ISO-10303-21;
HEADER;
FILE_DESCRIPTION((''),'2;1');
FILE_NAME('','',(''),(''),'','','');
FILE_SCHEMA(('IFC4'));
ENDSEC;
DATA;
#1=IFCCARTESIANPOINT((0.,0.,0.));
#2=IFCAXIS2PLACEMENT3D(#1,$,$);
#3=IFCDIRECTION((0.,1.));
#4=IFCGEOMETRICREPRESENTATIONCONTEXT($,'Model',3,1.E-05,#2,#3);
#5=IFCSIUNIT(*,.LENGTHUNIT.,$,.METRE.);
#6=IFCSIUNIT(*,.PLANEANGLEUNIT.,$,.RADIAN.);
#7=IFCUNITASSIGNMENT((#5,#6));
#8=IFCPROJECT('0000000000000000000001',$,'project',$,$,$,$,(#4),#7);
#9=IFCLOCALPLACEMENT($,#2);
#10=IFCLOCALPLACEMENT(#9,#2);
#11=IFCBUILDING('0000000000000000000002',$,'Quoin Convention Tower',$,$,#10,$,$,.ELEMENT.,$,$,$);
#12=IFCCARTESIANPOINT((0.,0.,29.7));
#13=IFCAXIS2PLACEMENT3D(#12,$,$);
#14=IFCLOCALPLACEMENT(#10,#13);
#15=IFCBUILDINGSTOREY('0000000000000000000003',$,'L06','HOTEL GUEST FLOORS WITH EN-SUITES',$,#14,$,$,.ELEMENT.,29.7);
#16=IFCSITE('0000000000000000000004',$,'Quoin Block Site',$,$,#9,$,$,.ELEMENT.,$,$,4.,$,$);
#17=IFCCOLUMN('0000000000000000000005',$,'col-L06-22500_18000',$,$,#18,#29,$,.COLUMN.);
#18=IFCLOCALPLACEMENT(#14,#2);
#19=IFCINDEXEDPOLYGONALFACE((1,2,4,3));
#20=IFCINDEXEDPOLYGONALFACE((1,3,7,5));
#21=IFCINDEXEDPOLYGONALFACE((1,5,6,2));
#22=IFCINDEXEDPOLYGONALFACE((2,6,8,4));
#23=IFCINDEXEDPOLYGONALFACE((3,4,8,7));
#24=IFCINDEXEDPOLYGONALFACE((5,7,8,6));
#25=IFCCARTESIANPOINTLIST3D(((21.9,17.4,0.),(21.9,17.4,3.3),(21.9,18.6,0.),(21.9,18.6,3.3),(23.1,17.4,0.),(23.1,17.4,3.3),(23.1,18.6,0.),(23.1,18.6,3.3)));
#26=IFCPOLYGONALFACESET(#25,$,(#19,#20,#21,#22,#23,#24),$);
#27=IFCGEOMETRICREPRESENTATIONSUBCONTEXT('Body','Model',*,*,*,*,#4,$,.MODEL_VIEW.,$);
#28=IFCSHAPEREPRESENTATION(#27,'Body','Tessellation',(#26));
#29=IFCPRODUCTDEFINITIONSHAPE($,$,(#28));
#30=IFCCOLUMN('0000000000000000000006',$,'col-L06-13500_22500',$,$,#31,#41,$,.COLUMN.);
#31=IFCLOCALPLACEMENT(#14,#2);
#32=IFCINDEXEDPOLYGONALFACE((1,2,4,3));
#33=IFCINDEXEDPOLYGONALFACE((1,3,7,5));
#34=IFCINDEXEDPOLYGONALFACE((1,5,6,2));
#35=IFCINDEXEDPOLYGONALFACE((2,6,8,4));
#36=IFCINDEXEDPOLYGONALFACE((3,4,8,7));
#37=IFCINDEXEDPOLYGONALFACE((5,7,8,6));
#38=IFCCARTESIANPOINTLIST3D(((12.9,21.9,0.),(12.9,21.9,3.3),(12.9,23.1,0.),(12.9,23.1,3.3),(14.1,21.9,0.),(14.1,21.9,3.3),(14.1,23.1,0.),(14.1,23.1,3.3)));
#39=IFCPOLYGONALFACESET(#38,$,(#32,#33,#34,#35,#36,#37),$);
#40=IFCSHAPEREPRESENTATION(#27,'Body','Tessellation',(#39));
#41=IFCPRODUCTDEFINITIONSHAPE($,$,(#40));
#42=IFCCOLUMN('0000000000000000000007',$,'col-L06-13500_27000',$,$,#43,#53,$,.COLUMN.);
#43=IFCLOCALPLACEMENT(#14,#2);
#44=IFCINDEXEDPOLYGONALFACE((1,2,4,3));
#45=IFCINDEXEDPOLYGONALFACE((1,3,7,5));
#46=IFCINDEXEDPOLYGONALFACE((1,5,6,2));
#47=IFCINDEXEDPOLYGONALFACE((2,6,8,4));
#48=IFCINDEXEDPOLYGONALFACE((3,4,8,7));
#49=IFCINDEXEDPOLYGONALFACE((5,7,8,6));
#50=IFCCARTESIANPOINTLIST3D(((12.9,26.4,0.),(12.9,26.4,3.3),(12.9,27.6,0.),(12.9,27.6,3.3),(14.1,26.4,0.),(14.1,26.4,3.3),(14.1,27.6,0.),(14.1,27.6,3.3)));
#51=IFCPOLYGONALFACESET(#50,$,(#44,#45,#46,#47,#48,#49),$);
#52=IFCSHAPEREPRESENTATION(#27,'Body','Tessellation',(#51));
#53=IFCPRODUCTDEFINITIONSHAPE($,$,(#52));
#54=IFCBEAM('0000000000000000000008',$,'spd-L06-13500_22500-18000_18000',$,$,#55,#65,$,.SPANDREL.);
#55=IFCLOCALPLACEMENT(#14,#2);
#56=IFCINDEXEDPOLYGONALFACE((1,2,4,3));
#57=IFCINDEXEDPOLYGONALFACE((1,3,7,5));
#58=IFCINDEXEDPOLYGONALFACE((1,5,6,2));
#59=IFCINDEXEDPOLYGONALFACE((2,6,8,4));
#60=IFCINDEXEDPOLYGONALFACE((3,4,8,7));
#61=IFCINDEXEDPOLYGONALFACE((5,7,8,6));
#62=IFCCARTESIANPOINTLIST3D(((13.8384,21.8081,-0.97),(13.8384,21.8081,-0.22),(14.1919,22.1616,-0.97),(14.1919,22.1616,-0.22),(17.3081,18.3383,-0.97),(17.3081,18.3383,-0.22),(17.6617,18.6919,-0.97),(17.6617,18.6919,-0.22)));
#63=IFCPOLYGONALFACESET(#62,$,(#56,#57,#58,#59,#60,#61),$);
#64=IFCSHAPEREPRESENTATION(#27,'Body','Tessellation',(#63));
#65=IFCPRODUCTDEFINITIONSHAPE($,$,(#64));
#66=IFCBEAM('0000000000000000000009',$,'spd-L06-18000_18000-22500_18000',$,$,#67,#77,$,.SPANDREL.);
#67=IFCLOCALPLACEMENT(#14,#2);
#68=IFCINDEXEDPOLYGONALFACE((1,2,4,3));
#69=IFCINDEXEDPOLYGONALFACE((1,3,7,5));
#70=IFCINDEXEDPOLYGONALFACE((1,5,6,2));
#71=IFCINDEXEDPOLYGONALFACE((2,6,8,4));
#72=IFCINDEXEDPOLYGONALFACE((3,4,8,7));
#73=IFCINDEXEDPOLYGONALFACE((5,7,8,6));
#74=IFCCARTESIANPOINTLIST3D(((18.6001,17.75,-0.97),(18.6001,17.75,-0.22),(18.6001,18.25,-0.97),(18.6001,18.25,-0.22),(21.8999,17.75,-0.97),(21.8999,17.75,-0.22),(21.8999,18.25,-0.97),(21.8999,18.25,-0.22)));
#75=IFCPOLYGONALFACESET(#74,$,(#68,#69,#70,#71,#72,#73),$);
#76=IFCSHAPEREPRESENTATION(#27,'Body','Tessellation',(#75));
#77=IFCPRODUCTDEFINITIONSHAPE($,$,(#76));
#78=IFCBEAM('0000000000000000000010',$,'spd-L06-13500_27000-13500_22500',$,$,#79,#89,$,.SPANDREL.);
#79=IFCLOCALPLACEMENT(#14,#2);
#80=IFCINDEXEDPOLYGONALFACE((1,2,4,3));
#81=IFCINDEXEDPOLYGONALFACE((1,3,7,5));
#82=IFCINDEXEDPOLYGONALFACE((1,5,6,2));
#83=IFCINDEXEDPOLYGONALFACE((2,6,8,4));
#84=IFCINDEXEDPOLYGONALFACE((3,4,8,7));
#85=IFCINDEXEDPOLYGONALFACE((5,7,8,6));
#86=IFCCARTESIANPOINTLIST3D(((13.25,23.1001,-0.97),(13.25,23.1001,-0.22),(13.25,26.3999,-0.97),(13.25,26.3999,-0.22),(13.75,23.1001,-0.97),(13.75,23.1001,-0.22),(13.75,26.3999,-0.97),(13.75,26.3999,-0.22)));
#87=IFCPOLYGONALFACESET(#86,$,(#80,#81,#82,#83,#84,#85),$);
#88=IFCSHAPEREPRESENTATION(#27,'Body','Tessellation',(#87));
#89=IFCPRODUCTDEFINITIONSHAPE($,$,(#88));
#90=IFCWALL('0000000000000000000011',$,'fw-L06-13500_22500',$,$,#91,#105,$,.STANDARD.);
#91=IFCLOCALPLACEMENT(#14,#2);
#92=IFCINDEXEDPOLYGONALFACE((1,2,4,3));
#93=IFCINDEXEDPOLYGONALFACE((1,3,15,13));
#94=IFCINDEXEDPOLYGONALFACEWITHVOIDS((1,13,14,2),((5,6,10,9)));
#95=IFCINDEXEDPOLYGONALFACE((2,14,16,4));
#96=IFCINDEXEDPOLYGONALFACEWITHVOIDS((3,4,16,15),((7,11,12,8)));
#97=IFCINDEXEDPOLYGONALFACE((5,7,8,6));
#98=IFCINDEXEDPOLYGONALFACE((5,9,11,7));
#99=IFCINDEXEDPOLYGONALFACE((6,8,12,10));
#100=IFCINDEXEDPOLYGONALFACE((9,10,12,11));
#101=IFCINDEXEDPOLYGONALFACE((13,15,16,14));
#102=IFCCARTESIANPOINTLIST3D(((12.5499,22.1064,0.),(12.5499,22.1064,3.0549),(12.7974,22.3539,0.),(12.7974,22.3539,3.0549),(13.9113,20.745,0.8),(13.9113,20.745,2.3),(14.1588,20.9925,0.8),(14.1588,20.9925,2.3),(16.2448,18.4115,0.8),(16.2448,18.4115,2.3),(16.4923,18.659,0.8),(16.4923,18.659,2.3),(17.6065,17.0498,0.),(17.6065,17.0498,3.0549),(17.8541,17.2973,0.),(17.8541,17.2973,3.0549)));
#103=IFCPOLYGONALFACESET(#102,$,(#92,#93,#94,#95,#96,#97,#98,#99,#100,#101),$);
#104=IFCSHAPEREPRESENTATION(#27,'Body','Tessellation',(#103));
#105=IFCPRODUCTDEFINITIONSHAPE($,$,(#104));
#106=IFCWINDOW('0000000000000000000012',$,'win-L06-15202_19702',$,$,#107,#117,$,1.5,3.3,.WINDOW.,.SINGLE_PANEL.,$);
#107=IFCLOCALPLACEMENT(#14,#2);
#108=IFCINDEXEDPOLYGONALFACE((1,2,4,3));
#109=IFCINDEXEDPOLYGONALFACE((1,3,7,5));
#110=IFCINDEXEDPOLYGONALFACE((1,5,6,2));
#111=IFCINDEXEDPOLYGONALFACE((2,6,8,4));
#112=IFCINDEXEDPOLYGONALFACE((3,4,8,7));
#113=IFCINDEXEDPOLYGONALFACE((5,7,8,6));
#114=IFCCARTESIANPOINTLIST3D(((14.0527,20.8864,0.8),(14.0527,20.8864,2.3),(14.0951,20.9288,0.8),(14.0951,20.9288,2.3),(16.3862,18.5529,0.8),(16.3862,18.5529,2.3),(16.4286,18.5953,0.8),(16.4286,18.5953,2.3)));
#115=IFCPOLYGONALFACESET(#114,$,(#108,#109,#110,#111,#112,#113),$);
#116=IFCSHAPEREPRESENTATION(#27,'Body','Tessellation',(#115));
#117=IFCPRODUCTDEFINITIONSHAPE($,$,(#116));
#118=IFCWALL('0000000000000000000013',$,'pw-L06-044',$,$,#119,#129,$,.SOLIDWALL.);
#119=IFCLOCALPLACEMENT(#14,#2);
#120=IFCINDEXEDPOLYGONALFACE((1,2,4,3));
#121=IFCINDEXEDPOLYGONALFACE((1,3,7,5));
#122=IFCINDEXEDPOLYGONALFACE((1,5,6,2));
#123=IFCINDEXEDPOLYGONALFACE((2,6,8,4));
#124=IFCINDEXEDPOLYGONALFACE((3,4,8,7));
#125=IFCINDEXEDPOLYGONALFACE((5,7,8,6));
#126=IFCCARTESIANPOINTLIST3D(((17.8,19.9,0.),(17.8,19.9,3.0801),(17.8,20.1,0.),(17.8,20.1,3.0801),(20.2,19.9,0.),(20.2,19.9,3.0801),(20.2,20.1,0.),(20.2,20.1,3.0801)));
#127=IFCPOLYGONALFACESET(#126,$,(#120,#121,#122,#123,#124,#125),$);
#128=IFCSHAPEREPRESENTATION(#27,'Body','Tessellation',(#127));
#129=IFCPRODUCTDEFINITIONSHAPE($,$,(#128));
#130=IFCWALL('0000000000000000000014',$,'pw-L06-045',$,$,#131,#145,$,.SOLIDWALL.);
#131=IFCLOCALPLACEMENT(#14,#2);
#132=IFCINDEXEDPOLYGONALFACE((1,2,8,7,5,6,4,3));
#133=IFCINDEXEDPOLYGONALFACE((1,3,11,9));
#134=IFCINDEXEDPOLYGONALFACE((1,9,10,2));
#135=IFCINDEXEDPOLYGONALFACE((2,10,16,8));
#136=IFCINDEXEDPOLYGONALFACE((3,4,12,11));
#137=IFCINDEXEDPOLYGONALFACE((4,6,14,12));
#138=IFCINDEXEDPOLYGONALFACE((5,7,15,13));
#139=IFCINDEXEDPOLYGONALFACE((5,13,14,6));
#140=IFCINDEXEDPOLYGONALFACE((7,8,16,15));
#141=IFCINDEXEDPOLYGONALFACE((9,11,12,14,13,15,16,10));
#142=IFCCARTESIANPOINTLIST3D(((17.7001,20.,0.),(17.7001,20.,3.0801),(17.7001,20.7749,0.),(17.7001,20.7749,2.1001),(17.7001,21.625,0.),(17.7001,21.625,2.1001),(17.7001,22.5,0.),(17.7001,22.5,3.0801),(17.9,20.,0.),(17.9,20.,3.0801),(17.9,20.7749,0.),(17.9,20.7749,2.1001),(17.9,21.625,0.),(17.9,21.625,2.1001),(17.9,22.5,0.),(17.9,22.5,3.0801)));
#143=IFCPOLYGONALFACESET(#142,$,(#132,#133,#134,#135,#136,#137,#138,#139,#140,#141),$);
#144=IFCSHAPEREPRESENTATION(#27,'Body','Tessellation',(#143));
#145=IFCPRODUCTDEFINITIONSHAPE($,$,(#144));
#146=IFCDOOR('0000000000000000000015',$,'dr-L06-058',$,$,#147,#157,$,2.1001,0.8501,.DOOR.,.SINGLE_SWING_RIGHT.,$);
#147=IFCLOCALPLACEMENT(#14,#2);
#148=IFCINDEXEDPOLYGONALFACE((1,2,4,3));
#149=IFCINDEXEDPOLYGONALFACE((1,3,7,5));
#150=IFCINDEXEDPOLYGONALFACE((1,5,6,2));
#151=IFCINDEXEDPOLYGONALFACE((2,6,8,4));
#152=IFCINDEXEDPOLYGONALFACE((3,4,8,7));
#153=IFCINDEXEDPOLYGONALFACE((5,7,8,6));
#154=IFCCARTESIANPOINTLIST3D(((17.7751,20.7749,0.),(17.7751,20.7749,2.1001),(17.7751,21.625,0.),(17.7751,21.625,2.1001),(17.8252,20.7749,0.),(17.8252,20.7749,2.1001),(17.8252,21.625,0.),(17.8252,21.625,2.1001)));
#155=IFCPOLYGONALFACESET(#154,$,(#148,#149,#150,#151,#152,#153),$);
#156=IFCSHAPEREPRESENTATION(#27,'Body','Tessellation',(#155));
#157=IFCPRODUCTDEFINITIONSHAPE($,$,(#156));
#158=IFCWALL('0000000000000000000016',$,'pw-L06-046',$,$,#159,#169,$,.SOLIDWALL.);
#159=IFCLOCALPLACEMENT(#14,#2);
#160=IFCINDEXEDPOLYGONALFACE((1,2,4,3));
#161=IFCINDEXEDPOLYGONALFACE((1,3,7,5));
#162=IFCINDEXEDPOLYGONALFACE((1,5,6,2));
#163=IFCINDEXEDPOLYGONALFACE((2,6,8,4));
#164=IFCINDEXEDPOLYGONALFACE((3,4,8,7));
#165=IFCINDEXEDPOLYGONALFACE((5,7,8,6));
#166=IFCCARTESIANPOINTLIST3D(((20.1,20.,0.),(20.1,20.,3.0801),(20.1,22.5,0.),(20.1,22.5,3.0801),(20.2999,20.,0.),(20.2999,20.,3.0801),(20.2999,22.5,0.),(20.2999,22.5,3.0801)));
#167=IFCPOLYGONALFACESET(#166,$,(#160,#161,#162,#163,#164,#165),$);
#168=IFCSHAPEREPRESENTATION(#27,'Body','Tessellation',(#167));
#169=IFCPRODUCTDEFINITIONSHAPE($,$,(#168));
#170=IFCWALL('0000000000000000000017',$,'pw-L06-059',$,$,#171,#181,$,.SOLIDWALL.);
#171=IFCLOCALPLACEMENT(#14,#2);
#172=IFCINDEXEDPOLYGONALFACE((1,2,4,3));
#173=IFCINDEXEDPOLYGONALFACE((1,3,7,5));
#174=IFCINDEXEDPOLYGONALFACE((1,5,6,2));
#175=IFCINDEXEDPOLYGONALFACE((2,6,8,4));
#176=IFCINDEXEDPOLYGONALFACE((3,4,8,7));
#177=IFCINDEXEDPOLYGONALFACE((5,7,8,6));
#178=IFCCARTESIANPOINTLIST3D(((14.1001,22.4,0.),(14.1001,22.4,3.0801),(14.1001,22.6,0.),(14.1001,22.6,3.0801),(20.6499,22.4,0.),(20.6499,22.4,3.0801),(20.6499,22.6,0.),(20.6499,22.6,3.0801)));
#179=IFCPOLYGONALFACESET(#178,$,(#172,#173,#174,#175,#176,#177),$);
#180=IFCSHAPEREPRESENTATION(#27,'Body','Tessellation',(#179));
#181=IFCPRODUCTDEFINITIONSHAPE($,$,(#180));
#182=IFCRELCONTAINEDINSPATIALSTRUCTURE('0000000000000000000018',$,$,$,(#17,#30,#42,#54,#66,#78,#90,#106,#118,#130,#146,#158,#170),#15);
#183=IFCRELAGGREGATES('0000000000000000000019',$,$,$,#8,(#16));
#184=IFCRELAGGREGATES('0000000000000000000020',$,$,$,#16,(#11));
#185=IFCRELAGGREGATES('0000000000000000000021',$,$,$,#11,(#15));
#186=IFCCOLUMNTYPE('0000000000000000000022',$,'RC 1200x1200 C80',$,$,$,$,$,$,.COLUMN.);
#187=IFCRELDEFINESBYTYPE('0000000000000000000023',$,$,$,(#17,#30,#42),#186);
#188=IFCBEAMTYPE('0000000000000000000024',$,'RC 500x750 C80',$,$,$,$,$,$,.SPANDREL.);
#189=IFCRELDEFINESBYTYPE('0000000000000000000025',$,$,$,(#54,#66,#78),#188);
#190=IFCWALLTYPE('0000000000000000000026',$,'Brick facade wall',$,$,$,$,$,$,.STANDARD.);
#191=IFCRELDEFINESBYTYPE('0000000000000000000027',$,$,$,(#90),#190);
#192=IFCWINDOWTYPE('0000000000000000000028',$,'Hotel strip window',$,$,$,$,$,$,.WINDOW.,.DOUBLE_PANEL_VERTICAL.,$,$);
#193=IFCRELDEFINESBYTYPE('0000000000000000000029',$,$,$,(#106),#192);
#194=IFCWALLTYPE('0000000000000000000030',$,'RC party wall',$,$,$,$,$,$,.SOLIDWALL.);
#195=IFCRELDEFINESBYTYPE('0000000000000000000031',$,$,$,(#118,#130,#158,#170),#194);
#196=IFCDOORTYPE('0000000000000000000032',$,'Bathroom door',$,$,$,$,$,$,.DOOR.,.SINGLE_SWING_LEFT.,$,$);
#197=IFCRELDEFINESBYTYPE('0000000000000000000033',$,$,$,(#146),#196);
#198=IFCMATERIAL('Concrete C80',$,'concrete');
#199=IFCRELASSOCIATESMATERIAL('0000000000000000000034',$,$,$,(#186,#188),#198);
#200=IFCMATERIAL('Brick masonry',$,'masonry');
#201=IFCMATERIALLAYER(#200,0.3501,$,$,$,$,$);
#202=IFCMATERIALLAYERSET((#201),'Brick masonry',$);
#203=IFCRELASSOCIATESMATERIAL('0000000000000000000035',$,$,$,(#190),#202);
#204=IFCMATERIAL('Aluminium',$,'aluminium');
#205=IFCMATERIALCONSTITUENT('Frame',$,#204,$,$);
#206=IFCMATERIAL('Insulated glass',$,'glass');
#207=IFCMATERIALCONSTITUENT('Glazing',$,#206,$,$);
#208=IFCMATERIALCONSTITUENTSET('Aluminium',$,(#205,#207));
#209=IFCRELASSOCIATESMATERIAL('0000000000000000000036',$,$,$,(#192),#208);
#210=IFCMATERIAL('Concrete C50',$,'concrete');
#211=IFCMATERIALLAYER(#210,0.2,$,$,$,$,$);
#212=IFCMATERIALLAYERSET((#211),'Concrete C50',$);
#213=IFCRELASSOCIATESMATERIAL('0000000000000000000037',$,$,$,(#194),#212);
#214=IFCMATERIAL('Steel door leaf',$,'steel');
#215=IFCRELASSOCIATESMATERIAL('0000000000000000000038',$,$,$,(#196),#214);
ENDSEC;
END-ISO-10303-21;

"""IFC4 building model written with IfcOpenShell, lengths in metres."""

from ifc_helpers import new_model, si_unit, direction, frame, frame_2d, origin, origin_2d, place, context, subcontext, project, spatial, rectangle, extrude, material, layer, layer_set, constituent, constituent_set, material_profile, profile_set, type_object, element, fill, save


model = new_model("IFC4")

# Units and contexts
model_context = context("Model", 3, precision=1e-05, world=origin(), true_north=direction((0.0, 1.0)))
body_context = subcontext(model_context, "Body", "Model", "MODEL_VIEW")
ifc_project = project(units=[si_unit("LENGTHUNIT", "METRE"), si_unit("PLANEANGLEUNIT", "RADIAN")], contexts=[model_context])

# Site, building, storey
site_placement = place(None, origin())
site = spatial("IfcSite", under=ifc_project, at=site_placement, Name="Quoin Block Site", CompositionType="ELEMENT", RefElevation=4.0)
building_placement = place(site_placement, origin())
building = spatial("IfcBuilding", under=site, at=building_placement, Name="Quoin Convention Tower", CompositionType="ELEMENT")
storey_placement = place(building_placement, frame((0.0, 0.0, 29.7)))
storey = spatial("IfcBuildingStorey", under=building, at=storey_placement, Name="L06", Description="HOTEL GUEST FLOORS WITH EN-SUITES", CompositionType="ELEMENT", Elevation=29.7)

# Columns
ifc_material_1 = material(Name="Concrete C80", Category="concrete")
ifc_material_profile_1 = material_profile(ifc_material_1, rectangle(XDim=1.2, YDim=1.2, at=origin_2d()), Name="RC 1200x1200")
ifc_profile_set_1 = profile_set([ifc_material_profile_1], Name="Concrete C80")
column_type = type_object("IfcColumnType", Name="RC 1200x1200 C80", PredefinedType="COLUMN", material=ifc_profile_set_1)
for number, where, z_axis, x_axis, name in (
    (1, (22.5, 18.0, 0.0), (0.0, 0.0, 1.0), (1.0, 0.0, 0.0), "col-L06-22500_18000"),
    (2, (13.5, 22.5, 0.0), (0.0, 0.0, 1.0), (1.0, 0.0, 0.0), "col-L06-13500_22500"),
    (3, (13.5, 27.0, 0.0), (0.0, 0.0, 1.0), (1.0, 0.0, 0.0), "col-L06-13500_27000"),
):
    element("IfcColumn", number, at=place(storey_placement, frame(where, z_axis=z_axis, x_axis=x_axis)), inside=storey, type_object=column_type, Name=name, PredefinedType="COLUMN", context=body_context, shape_type="SweptSolid", body=[
        extrude(rectangle(XDim=1.2, YDim=1.2, at=origin_2d()), origin(), (0.0, 0.0, 1.0), 3.3),
    ])

# Beams
ifc_material_profile_2 = material_profile(ifc_material_1, rectangle(XDim=0.5, YDim=0.75, at=origin_2d()), Name="RC 500x750")
ifc_profile_set_2 = profile_set([ifc_material_profile_2], Name="Concrete C80")
beam_type = type_object("IfcBeamType", Name="RC 500x750 C80", PredefinedType="SPANDREL", material=ifc_profile_set_2)
beam_placement = place(storey_placement, frame((14.0151, 21.9849, -0.595), z_axis=(0.707107, -0.707107, 0.0), x_axis=(0.707107, 0.707107, 0.0)))
element("IfcBeam", 4, at=beam_placement, inside=storey, type_object=beam_type, Name="spd-L06-13500_22500-18000_18000", PredefinedType="SPANDREL", context=body_context, shape_type="SweptSolid", body=[
    extrude(rectangle(XDim=0.5, YDim=0.75, at=origin_2d()), origin(), (0.0, 0.0, 1.0), 4.907),
])
for number, where, z_axis, x_axis, name in (
    (5, (18.6001, 18.0, -0.595), (1.0, 0.0, 0.0), (0.0, 1.0, 0.0), "spd-L06-18000_18000-22500_18000"),
    (6, (13.5, 26.3999, -0.595), (0.0, -1.0, 0.0), (1.0, 0.0, 0.0), "spd-L06-13500_27000-13500_22500"),
):
    element("IfcBeam", number, at=place(storey_placement, frame(where, z_axis=z_axis, x_axis=x_axis)), inside=storey, type_object=beam_type, Name=name, PredefinedType="SPANDREL", context=body_context, shape_type="SweptSolid", body=[
        extrude(rectangle(XDim=0.5, YDim=0.75, at=origin_2d()), origin(), (0.0, 0.0, 1.0), 3.2998),
    ])

# Wall, opening, window
ifc_material_2 = material(Name="Brick masonry", Category="masonry")
ifc_layer_1 = layer(ifc_material_2, 0.3501)
ifc_layer_set_1 = layer_set([ifc_layer_1], Name="Brick masonry")
wall_type_1 = type_object("IfcWallType", Name="Brick facade wall", PredefinedType="STANDARD", material=ifc_layer_set_1)
wall_1_placement = place(storey_placement, frame((12.6736, 22.2302, 0.0), z_axis=(0.0, 0.0, 1.0), x_axis=(0.707107, -0.707107, 0.0)))
wall_1 = element("IfcWall", 7, at=wall_1_placement, inside=storey, type_object=wall_type_1, Name="fw-L06-13500_22500", PredefinedType="STANDARD", context=body_context, shape_type="SweptSolid", body=[
    extrude(rectangle(XDim=7.1511, YDim=0.3501, at=frame_2d((3.5757, 0.0))), origin(), (0.0, 0.0, 1.0), 3.0549),
])
opening_1_placement = place(wall_1_placement, frame((1.9255, 0.0, 0.8)))
opening_1 = element("IfcOpeningElement", 8, at=opening_1_placement, cuts=wall_1, PredefinedType="OPENING", context=body_context, shape_type="SweptSolid", body=[
    extrude(rectangle(XDim=3.3, YDim=1.5, at=frame_2d((1.6499, 0.75))), frame((0.0, 0.1851, 0.0), z_axis=(0.0, -1.0, 0.0), x_axis=(1.0, 0.0, 0.0)), (0.0, 0.0, 1.0), 0.3701),
])
ifc_material_3 = material(Name="Aluminium", Category="aluminium")
ifc_constituent_1 = constituent(ifc_material_3, Name="Frame")
ifc_material_4 = material(Name="Insulated glass", Category="glass")
ifc_constituent_2 = constituent(ifc_material_4, Name="Glazing")
ifc_constituent_set = constituent_set(constituents=[ifc_constituent_1, ifc_constituent_2], Name="Aluminium")
window_type = type_object("IfcWindowType", Name="Hotel strip window", PartitioningType="DOUBLE_PANEL_VERTICAL", PredefinedType="WINDOW", material=ifc_constituent_set)
window_placement = place(opening_1_placement, origin())
window = element("IfcWindow", 9, at=window_placement, inside=storey, type_object=window_type, Name="win-L06-15202_19702", OverallHeight=1.5, OverallWidth=3.3, PartitioningType="SINGLE_PANEL", PredefinedType="WINDOW", context=body_context, shape_type="SweptSolid", body=[
    extrude(rectangle(XDim=3.3, YDim=1.5, at=frame_2d((1.6499, 0.75))), frame((0.0, 0.085, 0.0), z_axis=(0.0, -1.0, 0.0), x_axis=(1.0, 0.0, 0.0)), (0.0, 0.0, 1.0), 0.0601),
])
fill(opening_1, window)

# Wall
ifc_material_5 = material(Name="Concrete C50", Category="concrete")
ifc_layer_2 = layer(ifc_material_5, 0.2)
ifc_layer_set_2 = layer_set([ifc_layer_2], Name="Concrete C50")
wall_type_2 = type_object("IfcWallType", Name="RC party wall", PredefinedType="SOLIDWALL", material=ifc_layer_set_2)
wall_2_placement = place(storey_placement, frame((17.8, 20.0, 0.0), z_axis=(0.0, 0.0, 1.0), x_axis=(1.0, 0.0, 0.0)))
element("IfcWall", 10, at=wall_2_placement, inside=storey, type_object=wall_type_2, Name="pw-L06-044", PredefinedType="SOLIDWALL", context=body_context, shape_type="SweptSolid", body=[
    extrude(rectangle(XDim=2.3999, YDim=0.2, at=frame_2d((1.2, 0.0))), origin(), (0.0, 0.0, 1.0), 3.0801),
])

# Wall, opening, door
wall_3_placement = place(storey_placement, frame((17.8, 20.0, 0.0), z_axis=(0.0, 0.0, 1.0), x_axis=(0.0, 1.0, 0.0)))
wall_3 = element("IfcWall", 11, at=wall_3_placement, inside=storey, type_object=wall_type_2, Name="pw-L06-045", PredefinedType="SOLIDWALL", context=body_context, shape_type="SweptSolid", body=[
    extrude(rectangle(XDim=2.5, YDim=0.2, at=frame_2d((1.25, 0.0))), origin(), (0.0, 0.0, 1.0), 3.0801),
])
opening_2_placement = place(wall_3_placement, frame((0.7749, 0.0, 0.0)))
opening_2 = element("IfcOpeningElement", 12, at=opening_2_placement, cuts=wall_3, PredefinedType="OPENING", context=body_context, shape_type="SweptSolid", body=[
    extrude(rectangle(XDim=0.8501, YDim=2.1001, at=frame_2d((0.425, 1.05))), frame((0.0, 0.1099, 0.0), z_axis=(0.0, -1.0, 0.0), x_axis=(1.0, 0.0, 0.0)), (0.0, 0.0, 1.0), 0.22),
])
ifc_material_6 = material(Name="Steel door leaf", Category="steel")
door_type_1 = type_object("IfcDoorType", Name="Bathroom door", OperationType="SINGLE_SWING_LEFT", PredefinedType="DOOR", material=ifc_material_6)
door_1_placement = place(opening_2_placement, origin())
door_1 = element("IfcDoor", 13, at=door_1_placement, inside=storey, type_object=door_type_1, Name="dr-L06-058", OperationType="SINGLE_SWING_RIGHT", OverallHeight=2.1001, OverallWidth=0.8501, PredefinedType="DOOR", context=body_context, shape_type="SweptSolid", body=[
    extrude(rectangle(XDim=0.8501, YDim=2.1001, at=frame_2d((0.425, 1.05))), frame((0.0, 0.0249, 0.0), z_axis=(0.0, -1.0, 0.0), x_axis=(1.0, 0.0, 0.0)), (0.0, 0.0, 1.0), 0.05),
])
fill(opening_2, door_1)

# Walls
wall_4_placement = place(storey_placement, frame((20.2, 20.0, 0.0), z_axis=(0.0, 0.0, 1.0), x_axis=(0.0, 1.0, 0.0)))
element("IfcWall", 14, at=wall_4_placement, inside=storey, type_object=wall_type_2, Name="pw-L06-046", PredefinedType="SOLIDWALL", context=body_context, shape_type="SweptSolid", body=[
    extrude(rectangle(XDim=2.5, YDim=0.2, at=frame_2d((1.25, 0.0))), origin(), (0.0, 0.0, 1.0), 3.0801),
])
wall_5_placement = place(storey_placement, frame((14.1001, 22.5, 0.0), z_axis=(0.0, 0.0, 1.0), x_axis=(1.0, 0.0, 0.0)))
element("IfcWall", 15, at=wall_5_placement, inside=storey, type_object=wall_type_2, Name="pw-L06-059", PredefinedType="SOLIDWALL", context=body_context, shape_type="SweptSolid", body=[
    extrude(rectangle(XDim=6.5498, YDim=0.2, at=frame_2d((3.2749, 0.0))), origin(), (0.0, 0.0, 1.0), 3.0801),
])

save(model, "model.ifc")
